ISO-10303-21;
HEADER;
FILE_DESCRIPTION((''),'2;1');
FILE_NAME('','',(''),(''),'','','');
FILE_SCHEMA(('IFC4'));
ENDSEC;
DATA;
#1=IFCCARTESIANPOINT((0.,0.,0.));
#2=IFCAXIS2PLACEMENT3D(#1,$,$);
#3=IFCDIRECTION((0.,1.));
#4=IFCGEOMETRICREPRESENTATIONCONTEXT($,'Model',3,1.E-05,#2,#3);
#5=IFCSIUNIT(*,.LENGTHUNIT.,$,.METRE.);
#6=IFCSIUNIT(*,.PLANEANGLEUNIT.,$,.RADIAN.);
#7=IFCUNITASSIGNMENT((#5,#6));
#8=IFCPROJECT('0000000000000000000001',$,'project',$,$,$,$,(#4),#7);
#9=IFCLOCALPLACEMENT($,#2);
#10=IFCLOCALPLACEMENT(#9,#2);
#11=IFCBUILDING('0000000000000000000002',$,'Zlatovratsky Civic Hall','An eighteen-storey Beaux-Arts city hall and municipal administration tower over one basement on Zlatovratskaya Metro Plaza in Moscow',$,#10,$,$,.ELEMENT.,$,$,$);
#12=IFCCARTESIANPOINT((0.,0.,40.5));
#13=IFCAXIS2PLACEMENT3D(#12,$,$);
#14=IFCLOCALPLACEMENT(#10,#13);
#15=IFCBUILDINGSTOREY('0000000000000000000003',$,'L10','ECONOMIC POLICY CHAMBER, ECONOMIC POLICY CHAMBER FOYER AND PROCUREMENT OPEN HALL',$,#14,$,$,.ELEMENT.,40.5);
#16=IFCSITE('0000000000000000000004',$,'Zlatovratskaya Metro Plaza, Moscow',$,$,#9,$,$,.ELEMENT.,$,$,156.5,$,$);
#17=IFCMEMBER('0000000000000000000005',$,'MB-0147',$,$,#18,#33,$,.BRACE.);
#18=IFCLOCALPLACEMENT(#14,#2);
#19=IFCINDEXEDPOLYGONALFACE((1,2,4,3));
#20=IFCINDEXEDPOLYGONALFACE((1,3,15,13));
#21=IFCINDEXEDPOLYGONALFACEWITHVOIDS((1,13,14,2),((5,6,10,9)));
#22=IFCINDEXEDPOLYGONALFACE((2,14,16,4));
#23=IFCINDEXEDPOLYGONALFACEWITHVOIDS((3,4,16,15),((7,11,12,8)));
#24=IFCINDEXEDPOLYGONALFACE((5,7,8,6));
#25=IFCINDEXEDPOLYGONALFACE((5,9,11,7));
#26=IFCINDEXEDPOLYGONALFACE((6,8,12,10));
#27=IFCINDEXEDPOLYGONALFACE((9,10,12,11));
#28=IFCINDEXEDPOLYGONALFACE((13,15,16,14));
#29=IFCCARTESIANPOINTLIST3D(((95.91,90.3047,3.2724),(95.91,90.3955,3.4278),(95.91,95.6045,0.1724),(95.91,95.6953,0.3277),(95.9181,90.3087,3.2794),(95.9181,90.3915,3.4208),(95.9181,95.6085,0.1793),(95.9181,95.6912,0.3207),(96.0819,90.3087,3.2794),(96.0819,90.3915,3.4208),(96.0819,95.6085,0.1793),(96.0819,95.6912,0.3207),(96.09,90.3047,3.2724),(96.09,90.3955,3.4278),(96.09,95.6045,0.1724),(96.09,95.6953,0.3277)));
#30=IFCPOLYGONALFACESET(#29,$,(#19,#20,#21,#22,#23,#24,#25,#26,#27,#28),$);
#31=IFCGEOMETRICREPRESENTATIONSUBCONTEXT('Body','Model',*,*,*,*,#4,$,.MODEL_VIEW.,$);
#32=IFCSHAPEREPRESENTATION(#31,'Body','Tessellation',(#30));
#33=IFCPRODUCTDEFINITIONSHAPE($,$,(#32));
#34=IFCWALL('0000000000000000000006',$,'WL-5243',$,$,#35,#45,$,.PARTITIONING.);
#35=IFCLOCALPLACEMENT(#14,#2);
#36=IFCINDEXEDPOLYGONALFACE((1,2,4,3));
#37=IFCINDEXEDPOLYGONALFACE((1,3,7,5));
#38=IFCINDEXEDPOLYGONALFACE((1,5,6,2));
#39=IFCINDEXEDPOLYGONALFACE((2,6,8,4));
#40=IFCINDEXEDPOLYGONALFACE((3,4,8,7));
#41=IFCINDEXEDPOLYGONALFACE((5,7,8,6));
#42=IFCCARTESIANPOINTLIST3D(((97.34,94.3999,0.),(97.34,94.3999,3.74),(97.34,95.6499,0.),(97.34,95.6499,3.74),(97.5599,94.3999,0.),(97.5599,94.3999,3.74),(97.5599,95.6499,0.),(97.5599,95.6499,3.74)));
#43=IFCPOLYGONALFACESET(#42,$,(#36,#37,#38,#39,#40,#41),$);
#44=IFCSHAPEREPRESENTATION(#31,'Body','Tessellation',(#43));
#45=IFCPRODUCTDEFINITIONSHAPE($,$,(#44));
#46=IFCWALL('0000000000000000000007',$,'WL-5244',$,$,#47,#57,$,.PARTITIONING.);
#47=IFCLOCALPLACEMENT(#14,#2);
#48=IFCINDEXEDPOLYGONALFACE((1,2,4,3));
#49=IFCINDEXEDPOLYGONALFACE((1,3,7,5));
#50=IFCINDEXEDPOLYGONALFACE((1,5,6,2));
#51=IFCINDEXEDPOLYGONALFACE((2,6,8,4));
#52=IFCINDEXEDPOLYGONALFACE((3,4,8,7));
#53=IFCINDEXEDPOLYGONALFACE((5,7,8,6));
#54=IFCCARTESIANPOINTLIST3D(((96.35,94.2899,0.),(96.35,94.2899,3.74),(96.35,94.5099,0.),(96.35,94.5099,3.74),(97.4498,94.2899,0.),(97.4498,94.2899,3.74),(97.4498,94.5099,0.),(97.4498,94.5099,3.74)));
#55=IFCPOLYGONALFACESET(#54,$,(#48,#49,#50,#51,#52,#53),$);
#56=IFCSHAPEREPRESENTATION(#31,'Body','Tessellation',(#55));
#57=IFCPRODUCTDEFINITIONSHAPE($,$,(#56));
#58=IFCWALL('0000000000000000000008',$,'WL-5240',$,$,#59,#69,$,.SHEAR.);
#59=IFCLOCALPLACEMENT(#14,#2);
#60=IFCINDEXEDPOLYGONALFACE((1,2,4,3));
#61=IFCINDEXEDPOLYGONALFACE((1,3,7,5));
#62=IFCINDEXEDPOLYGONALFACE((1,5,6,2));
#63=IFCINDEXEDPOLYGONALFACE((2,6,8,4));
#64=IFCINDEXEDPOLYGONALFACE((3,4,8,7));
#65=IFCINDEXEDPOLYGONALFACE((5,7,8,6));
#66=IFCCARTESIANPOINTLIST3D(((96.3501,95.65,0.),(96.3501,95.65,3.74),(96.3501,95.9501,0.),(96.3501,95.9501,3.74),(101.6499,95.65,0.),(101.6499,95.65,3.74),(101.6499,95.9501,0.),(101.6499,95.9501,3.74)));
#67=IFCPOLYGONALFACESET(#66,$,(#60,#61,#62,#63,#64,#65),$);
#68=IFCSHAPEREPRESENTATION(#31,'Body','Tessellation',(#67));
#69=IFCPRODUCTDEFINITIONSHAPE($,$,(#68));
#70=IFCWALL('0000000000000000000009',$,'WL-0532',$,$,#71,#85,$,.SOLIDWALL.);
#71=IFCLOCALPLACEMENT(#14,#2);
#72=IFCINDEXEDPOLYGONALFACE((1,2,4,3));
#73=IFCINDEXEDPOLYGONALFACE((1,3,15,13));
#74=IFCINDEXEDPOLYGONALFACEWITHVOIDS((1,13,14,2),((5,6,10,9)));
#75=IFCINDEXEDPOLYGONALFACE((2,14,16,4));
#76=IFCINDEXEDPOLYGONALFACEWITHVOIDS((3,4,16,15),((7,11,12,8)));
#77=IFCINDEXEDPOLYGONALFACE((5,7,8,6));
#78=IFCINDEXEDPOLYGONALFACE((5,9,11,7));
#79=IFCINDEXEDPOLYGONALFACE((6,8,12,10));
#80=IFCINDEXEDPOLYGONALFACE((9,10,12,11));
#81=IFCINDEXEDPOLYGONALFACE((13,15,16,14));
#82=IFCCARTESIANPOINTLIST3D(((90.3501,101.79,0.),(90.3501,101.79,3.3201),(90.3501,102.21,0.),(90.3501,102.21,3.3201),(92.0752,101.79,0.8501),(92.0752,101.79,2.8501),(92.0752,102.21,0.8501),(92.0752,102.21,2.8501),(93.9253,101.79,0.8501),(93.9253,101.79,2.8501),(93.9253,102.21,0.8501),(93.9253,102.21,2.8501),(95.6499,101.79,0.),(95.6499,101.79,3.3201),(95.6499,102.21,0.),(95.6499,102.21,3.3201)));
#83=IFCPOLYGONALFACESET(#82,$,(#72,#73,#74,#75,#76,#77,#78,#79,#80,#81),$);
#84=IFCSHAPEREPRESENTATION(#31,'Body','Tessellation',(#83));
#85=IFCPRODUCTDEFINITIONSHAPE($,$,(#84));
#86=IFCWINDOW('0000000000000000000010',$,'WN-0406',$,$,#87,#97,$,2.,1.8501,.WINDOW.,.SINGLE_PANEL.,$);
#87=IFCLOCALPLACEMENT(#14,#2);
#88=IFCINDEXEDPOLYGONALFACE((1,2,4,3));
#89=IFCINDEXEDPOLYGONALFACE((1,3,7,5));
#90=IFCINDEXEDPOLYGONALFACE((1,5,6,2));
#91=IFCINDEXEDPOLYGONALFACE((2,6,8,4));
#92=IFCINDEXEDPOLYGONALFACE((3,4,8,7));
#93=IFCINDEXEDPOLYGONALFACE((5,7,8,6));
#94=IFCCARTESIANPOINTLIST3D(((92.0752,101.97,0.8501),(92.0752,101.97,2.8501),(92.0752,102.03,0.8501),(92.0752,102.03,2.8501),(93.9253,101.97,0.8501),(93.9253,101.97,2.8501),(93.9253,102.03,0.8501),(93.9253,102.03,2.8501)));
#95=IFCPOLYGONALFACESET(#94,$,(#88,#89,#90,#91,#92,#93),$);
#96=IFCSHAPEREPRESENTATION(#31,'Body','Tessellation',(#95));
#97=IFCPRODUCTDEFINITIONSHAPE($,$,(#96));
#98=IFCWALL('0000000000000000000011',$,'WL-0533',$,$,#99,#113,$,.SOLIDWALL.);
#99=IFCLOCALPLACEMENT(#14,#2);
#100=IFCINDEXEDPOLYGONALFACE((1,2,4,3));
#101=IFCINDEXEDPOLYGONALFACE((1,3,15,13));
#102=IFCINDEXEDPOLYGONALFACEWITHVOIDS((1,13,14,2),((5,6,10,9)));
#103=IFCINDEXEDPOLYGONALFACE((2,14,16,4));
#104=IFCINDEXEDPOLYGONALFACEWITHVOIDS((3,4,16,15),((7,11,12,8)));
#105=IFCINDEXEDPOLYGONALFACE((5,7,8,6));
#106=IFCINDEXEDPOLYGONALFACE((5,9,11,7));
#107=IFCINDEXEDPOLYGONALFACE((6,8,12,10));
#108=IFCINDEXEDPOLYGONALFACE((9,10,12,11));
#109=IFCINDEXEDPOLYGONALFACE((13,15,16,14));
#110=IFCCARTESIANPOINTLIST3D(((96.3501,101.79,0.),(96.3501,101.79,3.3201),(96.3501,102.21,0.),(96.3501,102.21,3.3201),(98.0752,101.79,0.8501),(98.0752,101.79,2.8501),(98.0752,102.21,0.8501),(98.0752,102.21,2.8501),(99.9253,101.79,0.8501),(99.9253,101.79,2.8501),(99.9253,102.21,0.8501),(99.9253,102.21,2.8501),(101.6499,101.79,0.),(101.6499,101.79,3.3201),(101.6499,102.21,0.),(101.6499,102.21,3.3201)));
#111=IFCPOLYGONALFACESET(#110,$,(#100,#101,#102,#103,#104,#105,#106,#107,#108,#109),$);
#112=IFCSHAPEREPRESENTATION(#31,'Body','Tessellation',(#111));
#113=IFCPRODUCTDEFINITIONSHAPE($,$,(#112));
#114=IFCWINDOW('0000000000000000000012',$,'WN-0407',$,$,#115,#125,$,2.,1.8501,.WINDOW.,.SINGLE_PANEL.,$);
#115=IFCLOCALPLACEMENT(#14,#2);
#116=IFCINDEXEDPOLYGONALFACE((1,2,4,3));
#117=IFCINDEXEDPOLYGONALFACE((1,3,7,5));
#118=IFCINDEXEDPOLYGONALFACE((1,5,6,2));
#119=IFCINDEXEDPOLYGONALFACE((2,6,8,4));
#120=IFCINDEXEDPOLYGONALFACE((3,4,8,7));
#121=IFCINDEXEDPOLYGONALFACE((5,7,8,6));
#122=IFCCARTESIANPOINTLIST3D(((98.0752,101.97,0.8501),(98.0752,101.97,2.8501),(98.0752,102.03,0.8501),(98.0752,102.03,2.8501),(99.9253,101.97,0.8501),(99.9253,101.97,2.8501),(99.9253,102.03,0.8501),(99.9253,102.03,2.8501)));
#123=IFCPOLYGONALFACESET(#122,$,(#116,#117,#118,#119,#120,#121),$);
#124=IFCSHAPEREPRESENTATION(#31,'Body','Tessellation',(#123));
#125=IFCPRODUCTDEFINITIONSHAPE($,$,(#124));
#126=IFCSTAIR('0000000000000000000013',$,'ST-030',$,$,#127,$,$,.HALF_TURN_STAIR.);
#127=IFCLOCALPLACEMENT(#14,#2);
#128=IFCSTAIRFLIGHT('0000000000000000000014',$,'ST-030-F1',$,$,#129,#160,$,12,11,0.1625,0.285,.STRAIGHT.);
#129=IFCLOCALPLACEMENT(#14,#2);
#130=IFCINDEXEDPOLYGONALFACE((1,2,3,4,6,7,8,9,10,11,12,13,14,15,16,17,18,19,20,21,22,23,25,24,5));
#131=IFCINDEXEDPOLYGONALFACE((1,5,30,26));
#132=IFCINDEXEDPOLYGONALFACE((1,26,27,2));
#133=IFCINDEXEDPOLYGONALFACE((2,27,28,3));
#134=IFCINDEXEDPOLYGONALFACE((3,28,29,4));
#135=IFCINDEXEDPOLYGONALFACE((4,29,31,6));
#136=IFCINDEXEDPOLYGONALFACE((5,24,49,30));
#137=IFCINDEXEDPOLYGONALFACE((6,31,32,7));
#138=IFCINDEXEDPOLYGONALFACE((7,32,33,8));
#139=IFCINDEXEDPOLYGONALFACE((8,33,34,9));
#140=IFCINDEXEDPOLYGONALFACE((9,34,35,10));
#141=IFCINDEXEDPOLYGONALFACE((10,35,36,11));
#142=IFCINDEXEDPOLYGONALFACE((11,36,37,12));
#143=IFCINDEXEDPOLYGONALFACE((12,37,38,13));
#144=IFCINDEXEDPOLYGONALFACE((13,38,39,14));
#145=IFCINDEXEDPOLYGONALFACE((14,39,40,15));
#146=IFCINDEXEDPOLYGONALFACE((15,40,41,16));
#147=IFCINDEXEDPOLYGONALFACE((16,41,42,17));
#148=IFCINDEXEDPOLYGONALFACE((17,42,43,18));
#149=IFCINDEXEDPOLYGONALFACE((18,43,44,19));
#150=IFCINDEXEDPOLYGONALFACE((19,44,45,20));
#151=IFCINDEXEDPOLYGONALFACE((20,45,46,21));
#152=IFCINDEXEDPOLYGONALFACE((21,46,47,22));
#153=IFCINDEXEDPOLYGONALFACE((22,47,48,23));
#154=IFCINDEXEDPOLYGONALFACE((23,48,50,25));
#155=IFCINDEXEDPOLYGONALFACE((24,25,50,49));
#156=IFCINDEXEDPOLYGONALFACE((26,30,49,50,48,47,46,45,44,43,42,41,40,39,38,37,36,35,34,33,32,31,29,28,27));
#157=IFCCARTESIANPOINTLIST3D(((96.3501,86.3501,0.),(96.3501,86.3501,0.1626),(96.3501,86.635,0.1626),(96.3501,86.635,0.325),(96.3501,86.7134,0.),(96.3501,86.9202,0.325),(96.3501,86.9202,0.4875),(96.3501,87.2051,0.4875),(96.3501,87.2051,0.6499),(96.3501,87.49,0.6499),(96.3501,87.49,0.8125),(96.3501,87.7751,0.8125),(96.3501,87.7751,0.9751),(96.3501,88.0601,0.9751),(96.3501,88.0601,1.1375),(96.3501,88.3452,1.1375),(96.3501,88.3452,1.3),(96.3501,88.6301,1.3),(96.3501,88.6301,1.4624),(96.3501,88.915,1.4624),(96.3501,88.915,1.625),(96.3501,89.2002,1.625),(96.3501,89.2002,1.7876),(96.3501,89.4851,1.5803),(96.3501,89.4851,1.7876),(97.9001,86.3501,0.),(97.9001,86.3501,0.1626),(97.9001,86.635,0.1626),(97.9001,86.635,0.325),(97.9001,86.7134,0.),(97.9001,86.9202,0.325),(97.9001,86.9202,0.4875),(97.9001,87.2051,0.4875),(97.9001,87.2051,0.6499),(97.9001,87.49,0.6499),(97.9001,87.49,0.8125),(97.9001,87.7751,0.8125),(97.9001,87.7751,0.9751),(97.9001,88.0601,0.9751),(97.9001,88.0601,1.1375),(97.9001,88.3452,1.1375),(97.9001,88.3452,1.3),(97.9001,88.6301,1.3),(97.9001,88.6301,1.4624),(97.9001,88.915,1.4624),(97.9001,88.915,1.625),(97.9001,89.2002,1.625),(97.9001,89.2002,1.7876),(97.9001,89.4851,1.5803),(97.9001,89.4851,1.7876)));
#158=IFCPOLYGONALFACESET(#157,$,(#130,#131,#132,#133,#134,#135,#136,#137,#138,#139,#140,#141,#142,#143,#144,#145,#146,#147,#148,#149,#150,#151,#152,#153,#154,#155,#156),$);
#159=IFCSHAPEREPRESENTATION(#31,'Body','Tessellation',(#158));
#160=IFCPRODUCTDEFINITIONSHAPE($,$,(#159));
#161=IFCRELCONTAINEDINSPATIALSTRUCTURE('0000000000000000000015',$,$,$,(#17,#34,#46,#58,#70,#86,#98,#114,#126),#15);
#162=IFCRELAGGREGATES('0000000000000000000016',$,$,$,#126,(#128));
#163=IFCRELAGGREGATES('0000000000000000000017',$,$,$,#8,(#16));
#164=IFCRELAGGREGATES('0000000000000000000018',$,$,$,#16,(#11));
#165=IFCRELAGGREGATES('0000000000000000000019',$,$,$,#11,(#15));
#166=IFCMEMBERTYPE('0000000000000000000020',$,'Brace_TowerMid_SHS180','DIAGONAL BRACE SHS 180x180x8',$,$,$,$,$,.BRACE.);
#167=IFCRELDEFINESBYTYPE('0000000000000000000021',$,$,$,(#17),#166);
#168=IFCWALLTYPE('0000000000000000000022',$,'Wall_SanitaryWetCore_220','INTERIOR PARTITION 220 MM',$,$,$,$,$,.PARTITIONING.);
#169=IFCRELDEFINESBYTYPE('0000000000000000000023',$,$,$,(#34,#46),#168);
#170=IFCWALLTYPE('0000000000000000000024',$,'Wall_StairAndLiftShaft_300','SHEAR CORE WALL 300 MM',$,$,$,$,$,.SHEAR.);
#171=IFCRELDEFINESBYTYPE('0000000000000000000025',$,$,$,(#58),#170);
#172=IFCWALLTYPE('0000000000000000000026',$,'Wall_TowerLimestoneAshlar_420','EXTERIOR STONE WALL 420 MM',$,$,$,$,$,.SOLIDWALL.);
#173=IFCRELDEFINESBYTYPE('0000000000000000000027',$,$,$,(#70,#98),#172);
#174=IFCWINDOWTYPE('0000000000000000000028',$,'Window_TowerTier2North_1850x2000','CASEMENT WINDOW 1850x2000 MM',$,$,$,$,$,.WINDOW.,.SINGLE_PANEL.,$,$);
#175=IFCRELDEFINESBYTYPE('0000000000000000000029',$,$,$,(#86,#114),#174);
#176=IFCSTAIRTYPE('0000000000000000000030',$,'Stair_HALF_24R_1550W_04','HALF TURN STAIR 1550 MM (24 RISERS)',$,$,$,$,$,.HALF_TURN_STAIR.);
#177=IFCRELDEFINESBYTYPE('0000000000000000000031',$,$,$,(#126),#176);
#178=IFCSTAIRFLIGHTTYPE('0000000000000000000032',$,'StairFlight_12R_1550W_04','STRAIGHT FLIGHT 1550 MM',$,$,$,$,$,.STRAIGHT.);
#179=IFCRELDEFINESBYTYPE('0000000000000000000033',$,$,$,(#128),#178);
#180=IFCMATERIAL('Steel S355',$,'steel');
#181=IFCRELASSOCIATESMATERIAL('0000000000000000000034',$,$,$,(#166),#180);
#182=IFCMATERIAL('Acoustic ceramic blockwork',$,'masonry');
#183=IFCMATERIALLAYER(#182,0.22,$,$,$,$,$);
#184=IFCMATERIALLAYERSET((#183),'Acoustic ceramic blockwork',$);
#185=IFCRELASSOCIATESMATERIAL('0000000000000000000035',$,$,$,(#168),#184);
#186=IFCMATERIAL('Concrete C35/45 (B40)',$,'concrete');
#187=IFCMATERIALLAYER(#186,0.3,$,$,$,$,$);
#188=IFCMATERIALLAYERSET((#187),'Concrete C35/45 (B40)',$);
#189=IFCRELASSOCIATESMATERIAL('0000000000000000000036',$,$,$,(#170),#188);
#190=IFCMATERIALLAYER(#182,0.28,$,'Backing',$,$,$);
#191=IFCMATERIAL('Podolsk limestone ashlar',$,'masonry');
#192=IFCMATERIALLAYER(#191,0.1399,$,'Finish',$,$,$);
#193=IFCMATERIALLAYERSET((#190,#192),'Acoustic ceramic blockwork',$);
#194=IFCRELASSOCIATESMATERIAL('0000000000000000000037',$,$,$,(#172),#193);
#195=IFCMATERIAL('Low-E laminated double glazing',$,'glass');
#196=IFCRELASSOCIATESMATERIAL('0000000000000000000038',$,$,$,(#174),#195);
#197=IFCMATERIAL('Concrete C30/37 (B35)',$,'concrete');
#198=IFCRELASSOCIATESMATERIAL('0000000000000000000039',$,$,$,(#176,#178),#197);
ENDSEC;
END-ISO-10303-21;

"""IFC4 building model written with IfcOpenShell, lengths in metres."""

from ifc_helpers import new_model, si_unit, direction, frame, frame_2d, origin, origin_2d, place, context, subcontext, project, spatial, polyline, rectangle, hollow_rectangle, outline, extrude, material, layer, layer_set, material_profile, profile_set, type_object, element, fill, aggregate, save


model = new_model("IFC4")

# Units and contexts
model_context = context("Model", 3, precision=1e-05, world=origin(), true_north=direction((0.0, 1.0)))
body_context = subcontext(model_context, "Body", "Model", "MODEL_VIEW")
ifc_project = project(units=[si_unit("LENGTHUNIT", "METRE"), si_unit("PLANEANGLEUNIT", "RADIAN")], contexts=[model_context])

# Site, building, storey
site_placement = place(None, origin())
site = spatial("IfcSite", under=ifc_project, at=site_placement, Name="Zlatovratskaya Metro Plaza, Moscow", CompositionType="ELEMENT", RefElevation=156.5)
building_placement = place(site_placement, origin())
building = spatial("IfcBuilding", under=site, at=building_placement, Name="Zlatovratsky Civic Hall", Description="An eighteen-storey Beaux-Arts city hall and municipal administration tower over one basement on Zlatovratskaya Metro Plaza in Moscow", CompositionType="ELEMENT")
storey_placement = place(building_placement, frame((0.0, 0.0, 40.5)))
storey = spatial("IfcBuildingStorey", under=building, at=storey_placement, Name="L10", Description="ECONOMIC POLICY CHAMBER, ECONOMIC POLICY CHAMBER FOYER AND PROCUREMENT OPEN HALL", CompositionType="ELEMENT", Elevation=40.5)

# Shared definitions
ifc_material_1 = material(Name="Concrete C35/45 (B40)", Category="concrete")

# Shared definitions
ifc_material_2 = material(Name="Steel S355", Category="steel")

# Member
ifc_material_profile_1 = material_profile(ifc_material_2, hollow_rectangle(XDim=0.1799, YDim=0.1799, WallThickness=0.0081, at=origin_2d()), Name="SHS 180x180x8")
ifc_profile_set_1 = profile_set([ifc_material_profile_1], Name="Steel S355")
member_type = type_object("IfcMemberType", Name="Brace_TowerMid_SHS180", Description="DIAGONAL BRACE SHS 180x180x8", PredefinedType="BRACE", material=ifc_profile_set_1)
member_placement = place(storey_placement, frame((96.0, 90.3501, 3.3501), z_axis=(0.0, 0.863173, -0.504909), x_axis=(-1.0, 0.0, 0.0)))
element("IfcMember", 1, at=member_placement, inside=storey, type_object=member_type, Name="MB-0147", PredefinedType="BRACE", context=body_context, shape_type="SweptSolid", body=[
    extrude(hollow_rectangle(XDim=0.1799, YDim=0.1799, WallThickness=0.0081, at=origin_2d()), origin(), (0.0, 0.0, 1.0), 6.1399),
])

# Walls
ifc_material_3 = material(Name="Acoustic ceramic blockwork", Category="masonry")
ifc_layer_1 = layer(ifc_material_3, 0.22)
ifc_layer_set_1 = layer_set([ifc_layer_1], Name="Acoustic ceramic blockwork")
wall_type_1 = type_object("IfcWallType", Name="Wall_SanitaryWetCore_220", Description="INTERIOR PARTITION 220 MM", PredefinedType="PARTITIONING", material=ifc_layer_set_1)
wall_1_placement = place(storey_placement, frame((97.45, 94.3999, 0.0), z_axis=(0.0, 0.0, 1.0), x_axis=(0.0, 1.0, 0.0)))
element("IfcWall", 2, at=wall_1_placement, inside=storey, type_object=wall_type_1, Name="WL-5243", PredefinedType="PARTITIONING", context=body_context, shape_type="SweptSolid", body=[
    extrude(rectangle(XDim=1.25, YDim=0.22, at=frame_2d((0.625, 0.0))), origin(), (0.0, 0.0, 1.0), 3.74),
])
wall_2_placement = place(storey_placement, frame((96.3501, 94.3999, 0.0), z_axis=(0.0, 0.0, 1.0), x_axis=(1.0, 0.0, 0.0)))
element("IfcWall", 3, at=wall_2_placement, inside=storey, type_object=wall_type_1, Name="WL-5244", PredefinedType="PARTITIONING", context=body_context, shape_type="SweptSolid", body=[
    extrude(rectangle(XDim=1.0999, YDim=0.22, at=frame_2d((0.5498, 0.0))), origin(), (0.0, 0.0, 1.0), 3.74),
])

# Wall
ifc_layer_2 = layer(ifc_material_1, 0.3)
ifc_layer_set_2 = layer_set([ifc_layer_2], Name="Concrete C35/45 (B40)")
wall_type_2 = type_object("IfcWallType", Name="Wall_StairAndLiftShaft_300", Description="SHEAR CORE WALL 300 MM", PredefinedType="SHEAR", material=ifc_layer_set_2)
wall_3_placement = place(storey_placement, frame((96.3501, 95.8, 0.0), z_axis=(0.0, 0.0, 1.0), x_axis=(1.0, 0.0, 0.0)))
element("IfcWall", 4, at=wall_3_placement, inside=storey, type_object=wall_type_2, Name="WL-5240", PredefinedType="SHEAR", context=body_context, shape_type="SweptSolid", body=[
    extrude(rectangle(XDim=5.2998, YDim=0.3, at=frame_2d((2.6499, 0.0))), origin(), (0.0, 0.0, 1.0), 3.74),
])

# Walls, openings, windows
ifc_layer_3 = layer(ifc_material_3, 0.28, Name="Backing")
ifc_material_4 = material(Name="Podolsk limestone ashlar", Category="masonry")
ifc_layer_4 = layer(ifc_material_4, 0.1399, Name="Finish")
ifc_layer_set_3 = layer_set([ifc_layer_3, ifc_layer_4], Name="Acoustic ceramic blockwork")
wall_type_3 = type_object("IfcWallType", Name="Wall_TowerLimestoneAshlar_420", Description="EXTERIOR STONE WALL 420 MM", PredefinedType="SOLIDWALL", material=ifc_layer_set_3)
wall_4_placement = place(storey_placement, frame((90.3501, 102.0, 0.0), z_axis=(0.0, 0.0, 1.0), x_axis=(1.0, 0.0, 0.0)))
wall_4 = element("IfcWall", 5, at=wall_4_placement, inside=storey, type_object=wall_type_3, Name="WL-0532", PredefinedType="SOLIDWALL", context=body_context, shape_type="SweptSolid", body=[
    extrude(rectangle(XDim=5.2998, YDim=0.4199, at=frame_2d((2.6499, 0.0))), origin(), (0.0, 0.0, 1.0), 3.3201),
])
opening_1_placement = place(wall_4_placement, frame((1.7251, 0.0, 0.8501)))
opening_1 = element("IfcOpeningElement", 6, at=opening_1_placement, cuts=wall_4, PredefinedType="OPENING", context=body_context, shape_type="SweptSolid", body=[
    extrude(rectangle(XDim=1.8501, YDim=2.0, at=frame_2d((0.925, 1.0))), frame((0.0, 0.2249, 0.0), z_axis=(0.0, -1.0, 0.0), x_axis=(1.0, 0.0, 0.0)), (0.0, 0.0, 1.0), 0.4497),
])
ifc_material_5 = material(Name="Low-E laminated double glazing", Category="glass")
window_type = type_object("IfcWindowType", Name="Window_TowerTier2North_1850x2000", Description="CASEMENT WINDOW 1850x2000 MM", PartitioningType="SINGLE_PANEL", PredefinedType="WINDOW", material=ifc_material_5)
window_1_placement = place(opening_1_placement, origin())
window_1 = element("IfcWindow", 7, at=window_1_placement, inside=storey, type_object=window_type, Name="WN-0406", OverallHeight=2.0, OverallWidth=1.8501, PartitioningType="SINGLE_PANEL", PredefinedType="WINDOW", context=body_context, shape_type="SweptSolid", body=[
    extrude(rectangle(XDim=1.8501, YDim=2.0, at=frame_2d((0.925, 1.0))), frame((0.0, 0.03, 0.0), z_axis=(0.0, -1.0, 0.0), x_axis=(1.0, 0.0, 0.0)), (0.0, 0.0, 1.0), 0.0601),
])
fill(opening_1, window_1)
wall_5_placement = place(storey_placement, frame((96.3501, 102.0, 0.0), z_axis=(0.0, 0.0, 1.0), x_axis=(1.0, 0.0, 0.0)))
wall_5 = element("IfcWall", 8, at=wall_5_placement, inside=storey, type_object=wall_type_3, Name="WL-0533", PredefinedType="SOLIDWALL", context=body_context, shape_type="SweptSolid", body=[
    extrude(rectangle(XDim=5.2998, YDim=0.4199, at=frame_2d((2.6499, 0.0))), origin(), (0.0, 0.0, 1.0), 3.3201),
])
opening_2_placement = place(wall_5_placement, frame((1.7251, 0.0, 0.8501)))
opening_2 = element("IfcOpeningElement", 9, at=opening_2_placement, cuts=wall_5, PredefinedType="OPENING", context=body_context, shape_type="SweptSolid", body=[
    extrude(rectangle(XDim=1.8501, YDim=2.0, at=frame_2d((0.925, 1.0))), frame((0.0, 0.2249, 0.0), z_axis=(0.0, -1.0, 0.0), x_axis=(1.0, 0.0, 0.0)), (0.0, 0.0, 1.0), 0.4497),
])
window_2_placement = place(opening_2_placement, origin())
window_2 = element("IfcWindow", 10, at=window_2_placement, inside=storey, type_object=window_type, Name="WN-0407", OverallHeight=2.0, OverallWidth=1.8501, PartitioningType="SINGLE_PANEL", PredefinedType="WINDOW", context=body_context, shape_type="SweptSolid", body=[
    extrude(rectangle(XDim=1.8501, YDim=2.0, at=frame_2d((0.925, 1.0))), frame((0.0, 0.03, 0.0), z_axis=(0.0, -1.0, 0.0), x_axis=(1.0, 0.0, 0.0)), (0.0, 0.0, 1.0), 0.0601),
])
fill(opening_2, window_2)

# Stair, stair flight
ifc_material_6 = material(Name="Concrete C30/37 (B35)", Category="concrete")
stair_type = type_object("IfcStairType", Name="Stair_HALF_24R_1550W_04", Description="HALF TURN STAIR 1550 MM (24 RISERS)", PredefinedType="HALF_TURN_STAIR", material=ifc_material_6)
stair_placement = place(storey_placement, origin())
stair = element("IfcStair", 11, at=stair_placement, inside=storey, type_object=stair_type, Name="ST-030", PredefinedType="HALF_TURN_STAIR")
stair_flight_type = type_object("IfcStairFlightType", Name="StairFlight_12R_1550W_04", Description="STRAIGHT FLIGHT 1550 MM", PredefinedType="STRAIGHT", material=ifc_material_6)
stair_flight_placement = place(storey_placement, frame((97.125, 86.3501, 0.0), z_axis=(0.0, 0.0, 1.0), x_axis=(0.0, 1.0, 0.0)))
stair_flight = element("IfcStairFlight", 12, at=stair_flight_placement, type_object=stair_flight_type, Name="ST-030-F1", NumberOfRisers=12, NumberOfTreads=11, PredefinedType="STRAIGHT", RiserHeight=0.1625, TreadLength=0.285, context=body_context, shape_type="SweptSolid", body=[
    extrude(outline(polyline([(0.0, 0.0), (0.0, 0.1626), (0.2849, 0.1626), (0.2849, 0.325), (0.5701, 0.325), (0.5701, 0.4875), (0.855, 0.4875), (0.855, 0.6499), (1.1399, 0.6499), (1.1399, 0.8125), (1.425, 0.8125), (1.425, 0.9751), (1.71, 0.9751), (1.71, 1.1375), (1.9951, 1.1375), (1.9951, 1.3), (2.28, 1.3), (2.28, 1.4624), (2.5649, 1.4624), (2.5649, 1.625), (2.8501, 1.625), (2.8501, 1.7876), (3.135, 1.7876), (3.135, 1.95), (3.135, 1.5803), (0.3633, 0.0), (0.0, 0.0)])), frame((0.0, 0.7749, 0.0), z_axis=(0.0, -1.0, 0.0), x_axis=(1.0, 0.0, 0.0)), (0.0, 0.0, 1.0), 1.55),
])
aggregate(stair, [stair_flight])

save(model, "model.ifc")
